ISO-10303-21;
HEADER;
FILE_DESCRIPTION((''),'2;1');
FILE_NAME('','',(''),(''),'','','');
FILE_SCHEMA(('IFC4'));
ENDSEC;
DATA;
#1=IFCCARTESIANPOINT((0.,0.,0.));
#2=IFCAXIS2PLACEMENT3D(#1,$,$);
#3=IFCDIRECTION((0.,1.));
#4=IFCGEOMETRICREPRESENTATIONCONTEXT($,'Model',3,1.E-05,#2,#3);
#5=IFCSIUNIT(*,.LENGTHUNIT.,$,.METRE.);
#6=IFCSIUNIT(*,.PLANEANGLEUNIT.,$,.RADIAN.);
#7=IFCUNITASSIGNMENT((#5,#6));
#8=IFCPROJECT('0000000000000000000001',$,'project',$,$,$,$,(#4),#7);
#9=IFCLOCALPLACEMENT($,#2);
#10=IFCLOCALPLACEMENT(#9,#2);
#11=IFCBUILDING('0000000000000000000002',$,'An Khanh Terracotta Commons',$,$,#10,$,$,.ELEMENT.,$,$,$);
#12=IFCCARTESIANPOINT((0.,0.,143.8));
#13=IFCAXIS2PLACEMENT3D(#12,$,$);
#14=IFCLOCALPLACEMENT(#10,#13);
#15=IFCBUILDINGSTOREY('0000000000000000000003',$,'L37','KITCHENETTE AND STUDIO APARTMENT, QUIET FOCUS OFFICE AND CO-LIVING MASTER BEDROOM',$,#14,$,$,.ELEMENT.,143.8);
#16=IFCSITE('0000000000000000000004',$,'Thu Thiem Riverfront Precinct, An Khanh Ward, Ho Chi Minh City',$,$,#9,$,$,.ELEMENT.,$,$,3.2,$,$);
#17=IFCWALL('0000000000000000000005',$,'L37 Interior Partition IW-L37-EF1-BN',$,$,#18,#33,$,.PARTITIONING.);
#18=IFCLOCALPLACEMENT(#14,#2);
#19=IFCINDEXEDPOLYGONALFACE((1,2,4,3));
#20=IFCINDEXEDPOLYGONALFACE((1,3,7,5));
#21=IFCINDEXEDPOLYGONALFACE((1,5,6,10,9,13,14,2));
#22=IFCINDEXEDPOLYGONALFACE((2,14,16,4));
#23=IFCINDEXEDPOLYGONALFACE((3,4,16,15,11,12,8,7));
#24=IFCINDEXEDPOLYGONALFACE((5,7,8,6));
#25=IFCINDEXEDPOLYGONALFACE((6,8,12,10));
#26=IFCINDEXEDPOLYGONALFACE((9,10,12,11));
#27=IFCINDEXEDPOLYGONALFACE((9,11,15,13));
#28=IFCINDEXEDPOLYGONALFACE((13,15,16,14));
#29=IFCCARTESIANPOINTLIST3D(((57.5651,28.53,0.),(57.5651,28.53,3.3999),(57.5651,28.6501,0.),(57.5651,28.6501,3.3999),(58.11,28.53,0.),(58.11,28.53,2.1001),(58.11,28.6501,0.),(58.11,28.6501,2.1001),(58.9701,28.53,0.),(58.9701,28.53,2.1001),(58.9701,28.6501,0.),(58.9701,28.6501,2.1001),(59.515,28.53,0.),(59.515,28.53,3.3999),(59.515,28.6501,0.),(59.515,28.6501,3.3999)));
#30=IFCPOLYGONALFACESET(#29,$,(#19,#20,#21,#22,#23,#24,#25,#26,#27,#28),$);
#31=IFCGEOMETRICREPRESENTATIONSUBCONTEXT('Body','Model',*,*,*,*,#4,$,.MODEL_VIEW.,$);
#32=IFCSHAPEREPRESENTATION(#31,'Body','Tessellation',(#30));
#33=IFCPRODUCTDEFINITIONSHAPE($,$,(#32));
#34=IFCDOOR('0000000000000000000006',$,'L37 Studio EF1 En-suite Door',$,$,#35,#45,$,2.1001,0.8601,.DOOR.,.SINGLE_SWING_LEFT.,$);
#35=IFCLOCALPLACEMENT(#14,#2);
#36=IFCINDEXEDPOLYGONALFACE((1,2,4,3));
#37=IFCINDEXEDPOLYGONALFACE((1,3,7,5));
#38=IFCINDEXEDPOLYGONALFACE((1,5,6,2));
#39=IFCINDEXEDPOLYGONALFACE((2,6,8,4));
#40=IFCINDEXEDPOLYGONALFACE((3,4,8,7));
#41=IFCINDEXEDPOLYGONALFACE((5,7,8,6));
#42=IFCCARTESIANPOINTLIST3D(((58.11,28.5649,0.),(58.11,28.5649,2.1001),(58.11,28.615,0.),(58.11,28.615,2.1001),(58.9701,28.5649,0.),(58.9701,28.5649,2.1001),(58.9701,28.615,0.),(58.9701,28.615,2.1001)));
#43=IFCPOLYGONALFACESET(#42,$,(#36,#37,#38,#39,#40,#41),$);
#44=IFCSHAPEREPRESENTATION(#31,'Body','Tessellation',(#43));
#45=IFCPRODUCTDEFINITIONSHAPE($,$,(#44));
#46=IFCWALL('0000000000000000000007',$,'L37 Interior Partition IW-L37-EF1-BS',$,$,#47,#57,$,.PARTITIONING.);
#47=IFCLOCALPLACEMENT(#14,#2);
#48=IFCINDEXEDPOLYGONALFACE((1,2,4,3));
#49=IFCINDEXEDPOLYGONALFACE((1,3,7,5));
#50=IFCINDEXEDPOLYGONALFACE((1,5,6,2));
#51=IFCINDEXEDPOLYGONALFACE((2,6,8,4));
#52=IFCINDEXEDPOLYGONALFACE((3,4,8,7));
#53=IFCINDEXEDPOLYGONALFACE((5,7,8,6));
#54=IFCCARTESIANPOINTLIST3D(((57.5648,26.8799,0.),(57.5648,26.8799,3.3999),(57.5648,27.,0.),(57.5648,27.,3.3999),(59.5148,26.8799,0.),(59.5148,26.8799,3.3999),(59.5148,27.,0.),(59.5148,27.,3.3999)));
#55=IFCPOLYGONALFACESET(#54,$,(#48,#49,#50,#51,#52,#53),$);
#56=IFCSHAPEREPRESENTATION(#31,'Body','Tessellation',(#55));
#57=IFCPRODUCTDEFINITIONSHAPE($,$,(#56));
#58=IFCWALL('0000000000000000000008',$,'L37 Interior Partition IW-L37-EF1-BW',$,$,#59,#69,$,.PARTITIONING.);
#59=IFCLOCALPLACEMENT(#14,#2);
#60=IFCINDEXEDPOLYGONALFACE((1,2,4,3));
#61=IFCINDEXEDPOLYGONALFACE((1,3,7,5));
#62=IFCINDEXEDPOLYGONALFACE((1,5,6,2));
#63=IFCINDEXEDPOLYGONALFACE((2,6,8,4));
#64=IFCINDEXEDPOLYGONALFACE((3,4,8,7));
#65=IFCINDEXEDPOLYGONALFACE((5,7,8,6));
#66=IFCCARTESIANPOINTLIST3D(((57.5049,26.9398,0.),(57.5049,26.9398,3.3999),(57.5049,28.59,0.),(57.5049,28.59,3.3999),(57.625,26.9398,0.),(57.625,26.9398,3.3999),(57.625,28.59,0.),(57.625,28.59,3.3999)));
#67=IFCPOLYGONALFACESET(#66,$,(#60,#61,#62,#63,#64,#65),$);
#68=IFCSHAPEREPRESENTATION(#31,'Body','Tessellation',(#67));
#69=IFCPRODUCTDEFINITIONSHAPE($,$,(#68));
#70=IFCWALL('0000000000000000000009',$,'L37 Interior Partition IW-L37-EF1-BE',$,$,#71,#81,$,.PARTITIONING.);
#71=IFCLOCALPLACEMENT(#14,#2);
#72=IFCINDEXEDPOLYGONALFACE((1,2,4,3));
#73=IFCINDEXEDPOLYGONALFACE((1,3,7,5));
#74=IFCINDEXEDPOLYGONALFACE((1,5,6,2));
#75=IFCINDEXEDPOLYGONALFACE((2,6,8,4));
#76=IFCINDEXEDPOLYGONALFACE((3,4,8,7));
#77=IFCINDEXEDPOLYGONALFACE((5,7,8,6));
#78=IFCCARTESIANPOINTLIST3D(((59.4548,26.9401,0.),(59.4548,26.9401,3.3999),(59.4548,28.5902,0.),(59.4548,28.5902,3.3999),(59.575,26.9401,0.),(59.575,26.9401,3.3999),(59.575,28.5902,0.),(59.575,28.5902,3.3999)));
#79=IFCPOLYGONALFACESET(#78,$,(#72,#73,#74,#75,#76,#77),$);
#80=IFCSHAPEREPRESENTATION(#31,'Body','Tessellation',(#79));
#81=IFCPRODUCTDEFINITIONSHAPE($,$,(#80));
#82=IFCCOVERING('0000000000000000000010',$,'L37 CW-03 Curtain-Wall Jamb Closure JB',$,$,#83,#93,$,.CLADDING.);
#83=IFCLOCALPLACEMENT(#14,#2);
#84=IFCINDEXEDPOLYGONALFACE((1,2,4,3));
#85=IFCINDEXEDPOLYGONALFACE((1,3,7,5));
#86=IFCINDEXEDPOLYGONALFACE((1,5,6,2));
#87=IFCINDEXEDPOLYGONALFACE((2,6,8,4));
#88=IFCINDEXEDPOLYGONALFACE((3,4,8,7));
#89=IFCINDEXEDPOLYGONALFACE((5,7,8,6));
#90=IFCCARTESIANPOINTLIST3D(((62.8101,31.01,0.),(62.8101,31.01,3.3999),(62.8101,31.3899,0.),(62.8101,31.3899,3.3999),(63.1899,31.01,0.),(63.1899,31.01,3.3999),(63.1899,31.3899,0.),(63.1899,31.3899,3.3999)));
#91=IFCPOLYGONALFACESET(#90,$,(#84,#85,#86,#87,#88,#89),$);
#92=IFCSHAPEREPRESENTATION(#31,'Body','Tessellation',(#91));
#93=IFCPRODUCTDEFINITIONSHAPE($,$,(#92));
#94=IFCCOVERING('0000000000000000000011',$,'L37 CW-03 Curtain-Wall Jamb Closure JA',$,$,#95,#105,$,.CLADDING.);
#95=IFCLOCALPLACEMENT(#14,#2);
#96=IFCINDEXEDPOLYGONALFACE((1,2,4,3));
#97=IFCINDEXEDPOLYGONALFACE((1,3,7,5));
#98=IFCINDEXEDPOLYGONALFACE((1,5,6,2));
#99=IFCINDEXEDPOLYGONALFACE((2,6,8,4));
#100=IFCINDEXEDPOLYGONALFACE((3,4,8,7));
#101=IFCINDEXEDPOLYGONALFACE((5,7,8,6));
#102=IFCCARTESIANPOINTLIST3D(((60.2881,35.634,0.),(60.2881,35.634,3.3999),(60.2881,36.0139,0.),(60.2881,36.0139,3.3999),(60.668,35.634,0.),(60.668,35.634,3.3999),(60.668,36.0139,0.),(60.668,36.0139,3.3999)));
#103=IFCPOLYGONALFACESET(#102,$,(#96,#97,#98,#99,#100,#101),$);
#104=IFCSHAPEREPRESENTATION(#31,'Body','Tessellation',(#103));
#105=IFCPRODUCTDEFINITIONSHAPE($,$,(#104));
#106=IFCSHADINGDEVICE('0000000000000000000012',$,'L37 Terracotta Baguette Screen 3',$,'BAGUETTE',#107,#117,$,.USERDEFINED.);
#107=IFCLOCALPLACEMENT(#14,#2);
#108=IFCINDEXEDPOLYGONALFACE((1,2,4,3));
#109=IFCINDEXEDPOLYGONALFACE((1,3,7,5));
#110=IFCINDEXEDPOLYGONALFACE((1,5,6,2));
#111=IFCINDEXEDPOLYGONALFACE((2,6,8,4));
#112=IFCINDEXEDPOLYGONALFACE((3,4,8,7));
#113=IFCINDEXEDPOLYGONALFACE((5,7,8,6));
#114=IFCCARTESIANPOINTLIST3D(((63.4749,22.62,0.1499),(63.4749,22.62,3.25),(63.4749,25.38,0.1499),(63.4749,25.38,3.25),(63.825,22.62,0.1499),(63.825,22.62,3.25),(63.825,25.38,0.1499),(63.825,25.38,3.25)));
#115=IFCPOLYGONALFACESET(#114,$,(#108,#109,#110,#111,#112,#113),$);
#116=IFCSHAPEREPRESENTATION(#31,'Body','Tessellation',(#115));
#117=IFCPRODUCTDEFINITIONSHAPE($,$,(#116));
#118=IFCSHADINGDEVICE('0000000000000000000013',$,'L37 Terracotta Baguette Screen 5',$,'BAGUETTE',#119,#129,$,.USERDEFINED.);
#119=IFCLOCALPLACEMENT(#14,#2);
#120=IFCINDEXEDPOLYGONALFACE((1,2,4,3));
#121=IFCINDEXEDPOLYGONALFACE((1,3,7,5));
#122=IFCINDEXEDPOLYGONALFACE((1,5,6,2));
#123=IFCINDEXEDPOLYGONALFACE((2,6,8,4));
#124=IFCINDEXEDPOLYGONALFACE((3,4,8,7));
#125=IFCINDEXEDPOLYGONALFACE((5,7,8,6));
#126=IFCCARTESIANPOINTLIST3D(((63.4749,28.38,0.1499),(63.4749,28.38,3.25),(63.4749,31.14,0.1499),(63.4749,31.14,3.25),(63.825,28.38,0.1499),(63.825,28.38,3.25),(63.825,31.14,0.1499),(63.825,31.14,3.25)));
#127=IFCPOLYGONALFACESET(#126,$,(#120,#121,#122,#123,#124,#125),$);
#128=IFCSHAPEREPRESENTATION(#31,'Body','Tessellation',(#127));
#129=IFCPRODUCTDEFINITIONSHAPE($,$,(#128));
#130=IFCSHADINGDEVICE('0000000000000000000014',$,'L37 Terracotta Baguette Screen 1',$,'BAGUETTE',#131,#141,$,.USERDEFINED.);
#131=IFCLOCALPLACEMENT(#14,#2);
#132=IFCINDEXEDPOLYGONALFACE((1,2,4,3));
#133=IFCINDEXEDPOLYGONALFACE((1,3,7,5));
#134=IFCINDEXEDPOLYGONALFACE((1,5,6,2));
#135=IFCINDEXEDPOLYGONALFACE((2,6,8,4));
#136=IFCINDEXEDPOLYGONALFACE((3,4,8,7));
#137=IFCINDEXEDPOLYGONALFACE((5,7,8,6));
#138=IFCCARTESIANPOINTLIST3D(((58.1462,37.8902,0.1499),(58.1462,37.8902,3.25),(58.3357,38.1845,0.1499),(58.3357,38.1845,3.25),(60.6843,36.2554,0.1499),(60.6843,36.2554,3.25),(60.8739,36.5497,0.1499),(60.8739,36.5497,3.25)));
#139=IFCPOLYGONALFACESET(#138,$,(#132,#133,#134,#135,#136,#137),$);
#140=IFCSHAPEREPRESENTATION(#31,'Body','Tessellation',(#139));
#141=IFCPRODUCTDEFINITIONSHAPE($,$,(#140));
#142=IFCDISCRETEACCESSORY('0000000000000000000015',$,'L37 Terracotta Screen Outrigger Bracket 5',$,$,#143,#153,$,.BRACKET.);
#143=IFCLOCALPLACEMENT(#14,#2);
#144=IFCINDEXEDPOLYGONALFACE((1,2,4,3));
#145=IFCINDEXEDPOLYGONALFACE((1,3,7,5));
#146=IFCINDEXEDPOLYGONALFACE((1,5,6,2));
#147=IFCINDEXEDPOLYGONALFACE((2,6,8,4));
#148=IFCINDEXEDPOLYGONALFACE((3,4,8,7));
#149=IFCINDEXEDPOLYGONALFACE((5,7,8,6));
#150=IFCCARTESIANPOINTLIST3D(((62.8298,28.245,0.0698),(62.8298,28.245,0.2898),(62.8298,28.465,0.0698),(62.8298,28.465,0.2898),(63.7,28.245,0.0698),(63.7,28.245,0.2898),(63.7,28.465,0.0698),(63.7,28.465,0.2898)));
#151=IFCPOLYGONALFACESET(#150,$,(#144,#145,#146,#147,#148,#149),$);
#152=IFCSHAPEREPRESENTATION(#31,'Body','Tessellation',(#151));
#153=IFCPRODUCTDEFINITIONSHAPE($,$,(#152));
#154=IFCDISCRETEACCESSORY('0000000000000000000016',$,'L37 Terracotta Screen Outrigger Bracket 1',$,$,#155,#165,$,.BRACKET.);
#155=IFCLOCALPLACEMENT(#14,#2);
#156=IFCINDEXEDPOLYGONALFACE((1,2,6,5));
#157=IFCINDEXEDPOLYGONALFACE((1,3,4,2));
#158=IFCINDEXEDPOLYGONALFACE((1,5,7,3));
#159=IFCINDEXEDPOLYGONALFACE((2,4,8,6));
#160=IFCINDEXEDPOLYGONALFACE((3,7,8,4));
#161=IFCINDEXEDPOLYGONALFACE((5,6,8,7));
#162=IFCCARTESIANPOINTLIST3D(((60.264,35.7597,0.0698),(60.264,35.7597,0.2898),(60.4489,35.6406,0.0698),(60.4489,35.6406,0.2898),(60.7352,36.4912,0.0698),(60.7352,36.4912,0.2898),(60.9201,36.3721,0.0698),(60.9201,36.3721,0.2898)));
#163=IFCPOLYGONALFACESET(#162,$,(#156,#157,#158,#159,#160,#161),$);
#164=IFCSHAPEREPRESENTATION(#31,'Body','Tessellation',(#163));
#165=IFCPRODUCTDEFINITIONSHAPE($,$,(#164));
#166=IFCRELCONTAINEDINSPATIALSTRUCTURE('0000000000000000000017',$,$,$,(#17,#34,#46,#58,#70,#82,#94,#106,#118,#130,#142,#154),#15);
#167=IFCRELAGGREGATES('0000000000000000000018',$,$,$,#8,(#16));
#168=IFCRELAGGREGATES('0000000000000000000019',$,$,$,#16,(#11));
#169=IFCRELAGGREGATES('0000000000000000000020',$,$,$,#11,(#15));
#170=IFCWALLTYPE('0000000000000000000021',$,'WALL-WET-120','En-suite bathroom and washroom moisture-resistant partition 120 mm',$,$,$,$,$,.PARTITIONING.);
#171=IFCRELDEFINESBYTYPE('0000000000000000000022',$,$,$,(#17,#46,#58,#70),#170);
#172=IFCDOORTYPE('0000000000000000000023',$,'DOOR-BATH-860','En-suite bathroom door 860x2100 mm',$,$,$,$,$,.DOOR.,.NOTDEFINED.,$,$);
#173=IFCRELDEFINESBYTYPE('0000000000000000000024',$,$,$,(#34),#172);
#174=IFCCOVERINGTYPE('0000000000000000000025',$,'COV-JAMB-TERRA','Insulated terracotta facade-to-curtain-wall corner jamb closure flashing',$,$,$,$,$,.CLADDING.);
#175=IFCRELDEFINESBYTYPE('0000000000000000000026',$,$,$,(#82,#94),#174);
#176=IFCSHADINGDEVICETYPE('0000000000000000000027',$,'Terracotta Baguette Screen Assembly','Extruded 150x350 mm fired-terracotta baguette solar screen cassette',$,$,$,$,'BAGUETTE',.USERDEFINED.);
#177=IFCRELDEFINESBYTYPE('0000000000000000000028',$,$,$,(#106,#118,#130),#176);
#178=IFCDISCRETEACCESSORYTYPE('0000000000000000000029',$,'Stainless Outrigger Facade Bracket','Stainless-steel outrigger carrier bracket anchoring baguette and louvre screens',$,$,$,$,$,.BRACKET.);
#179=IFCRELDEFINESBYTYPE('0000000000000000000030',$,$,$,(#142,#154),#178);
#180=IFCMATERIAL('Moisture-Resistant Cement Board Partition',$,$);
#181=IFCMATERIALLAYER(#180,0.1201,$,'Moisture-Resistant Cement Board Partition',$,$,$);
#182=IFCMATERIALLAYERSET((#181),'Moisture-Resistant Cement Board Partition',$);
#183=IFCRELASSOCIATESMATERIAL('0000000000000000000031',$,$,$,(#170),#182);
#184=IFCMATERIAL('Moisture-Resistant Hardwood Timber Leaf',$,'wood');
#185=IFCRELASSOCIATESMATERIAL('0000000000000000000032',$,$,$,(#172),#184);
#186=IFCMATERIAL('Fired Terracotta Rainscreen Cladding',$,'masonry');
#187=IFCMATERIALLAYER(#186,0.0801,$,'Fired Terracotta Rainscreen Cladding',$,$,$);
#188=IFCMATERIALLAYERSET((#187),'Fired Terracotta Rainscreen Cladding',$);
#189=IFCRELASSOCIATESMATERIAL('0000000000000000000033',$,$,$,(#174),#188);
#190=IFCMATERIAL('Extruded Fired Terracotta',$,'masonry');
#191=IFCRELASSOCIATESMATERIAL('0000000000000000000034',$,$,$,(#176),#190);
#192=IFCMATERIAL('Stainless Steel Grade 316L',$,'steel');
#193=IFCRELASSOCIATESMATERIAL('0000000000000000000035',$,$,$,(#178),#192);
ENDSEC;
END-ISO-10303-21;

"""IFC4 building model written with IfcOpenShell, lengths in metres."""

from ifc_helpers import new_model, si_unit, direction, frame, frame_2d, origin, origin_2d, place, context, subcontext, project, spatial, rectangle, extrude, material, layer, layer_set, type_object, element, fill, save


model = new_model("IFC4")

# Units and contexts
model_context = context("Model", 3, precision=1e-05, world=origin(), true_north=direction((0.0, 1.0)))
body_context = subcontext(model_context, "Body", "Model", "MODEL_VIEW")
ifc_project = project(units=[si_unit("LENGTHUNIT", "METRE"), si_unit("PLANEANGLEUNIT", "RADIAN")], contexts=[model_context])

# Site, building, storey
site_placement = place(None, origin())
site = spatial("IfcSite", under=ifc_project, at=site_placement, Name="Thu Thiem Riverfront Precinct, An Khanh Ward, Ho Chi Minh City", CompositionType="ELEMENT", RefElevation=3.2)
building_placement = place(site_placement, origin())
building = spatial("IfcBuilding", under=site, at=building_placement, Name="An Khanh Terracotta Commons", CompositionType="ELEMENT")
storey_placement = place(building_placement, frame((0.0, 0.0, 143.8)))
storey = spatial("IfcBuildingStorey", under=building, at=storey_placement, Name="L37", Description="KITCHENETTE AND STUDIO APARTMENT, QUIET FOCUS OFFICE AND CO-LIVING MASTER BEDROOM", CompositionType="ELEMENT", Elevation=143.8)

# Wall, opening, door
ifc_material_1 = material(Name="Moisture-Resistant Cement Board Partition")
ifc_layer_1 = layer(ifc_material_1, 0.1201, Name="Moisture-Resistant Cement Board Partition")
ifc_layer_set_1 = layer_set([ifc_layer_1], Name="Moisture-Resistant Cement Board Partition")
wall_type_1 = type_object("IfcWallType", Name="WALL-WET-120", Description="En-suite bathroom and washroom moisture-resistant partition 120 mm", PredefinedType="PARTITIONING", material=ifc_layer_set_1)
wall_1_placement = place(storey_placement, frame((57.5649, 28.5901, 0.0), z_axis=(0.0, 0.0, 1.0), x_axis=(1.0, 0.0, 0.0)))
wall_1 = element("IfcWall", 1, at=wall_1_placement, inside=storey, type_object=wall_type_1, Name="L37 Interior Partition IW-L37-EF1-BN", PredefinedType="PARTITIONING", context=body_context, shape_type="SweptSolid", body=[
    extrude(rectangle(XDim=1.95, YDim=0.1201, at=frame_2d((0.9751, 0.0))), origin(), (0.0, 0.0, 1.0), 3.3999),
])
opening_placement = place(wall_1_placement, frame((0.5449, 0.0, 0.0)))
opening = element("IfcOpeningElement", 2, at=opening_placement, cuts=wall_1, PredefinedType="OPENING", context=body_context, shape_type="SweptSolid", body=[
    extrude(rectangle(XDim=0.8601, YDim=2.1001, at=frame_2d((0.4302, 1.05))), frame((0.0, 0.0701, 0.0), z_axis=(0.0, -1.0, 0.0), x_axis=(1.0, 0.0, 0.0)), (0.0, 0.0, 1.0), 0.1401),
])
ifc_material_2 = material(Name="Moisture-Resistant Hardwood Timber Leaf", Category="wood")
door_type = type_object("IfcDoorType", Name="DOOR-BATH-860", Description="En-suite bathroom door 860x2100 mm", OperationType="NOTDEFINED", PredefinedType="DOOR", material=ifc_material_2)
door_placement = place(opening_placement, origin())
door = element("IfcDoor", 3, at=door_placement, inside=storey, type_object=door_type, Name="L37 Studio EF1 En-suite Door", OperationType="SINGLE_SWING_LEFT", OverallHeight=2.1001, OverallWidth=0.8601, PredefinedType="DOOR", context=body_context, shape_type="SweptSolid", body=[
    extrude(rectangle(XDim=0.8601, YDim=2.1001, at=frame_2d((0.4302, 1.05))), frame((0.0, 0.0249, 0.0), z_axis=(0.0, -1.0, 0.0), x_axis=(1.0, 0.0, 0.0)), (0.0, 0.0, 1.0), 0.05),
])
fill(opening, door)

# Walls
wall_2_placement = place(storey_placement, frame((59.5149, 26.9399, 0.0), z_axis=(0.0, 0.0, 1.0), x_axis=(-1.0, 0.0, 0.0)))
element("IfcWall", 4, at=wall_2_placement, inside=storey, type_object=wall_type_1, Name="L37 Interior Partition IW-L37-EF1-BS", PredefinedType="PARTITIONING", context=body_context, shape_type="SweptSolid", body=[
    extrude(rectangle(XDim=1.95, YDim=0.1201, at=frame_2d((0.9751, 0.0))), origin(), (0.0, 0.0, 1.0), 3.3999),
])
for number, where, z_axis, x_axis, name in (
    (5, (57.5649, 28.5901, 0.0), (0.0, 0.0, 1.0), (0.0, -1.0, 0.0), "L37 Interior Partition IW-L37-EF1-BW"),
    (6, (59.5149, 26.9399, 0.0), (0.0, 0.0, 1.0), (0.0, 1.0, 0.0), "L37 Interior Partition IW-L37-EF1-BE"),
):
    element("IfcWall", number, at=place(storey_placement, frame(where, z_axis=z_axis, x_axis=x_axis)), inside=storey, type_object=wall_type_1, Name=name, PredefinedType="PARTITIONING", context=body_context, shape_type="SweptSolid", body=[
        extrude(rectangle(XDim=1.6501, YDim=0.1201, at=frame_2d((0.8252, 0.0))), origin(), (0.0, 0.0, 1.0), 3.3999),
    ])

# Coverings
ifc_material_3 = material(Name="Fired Terracotta Rainscreen Cladding", Category="masonry")
ifc_layer_2 = layer(ifc_material_3, 0.0801, Name="Fired Terracotta Rainscreen Cladding")
ifc_layer_set_2 = layer_set([ifc_layer_2], Name="Fired Terracotta Rainscreen Cladding")
covering_type = type_object("IfcCoveringType", Name="COV-JAMB-TERRA", Description="Insulated terracotta facade-to-curtain-wall corner jamb closure flashing", PredefinedType="CLADDING", material=ifc_layer_set_2)
for number, where, z_axis, x_axis, name in (
    (7, (63.0, 31.2, 0.0), (0.0, 0.0, 1.0), (1.0, 0.0, 0.0), "L37 CW-03 Curtain-Wall Jamb Closure JB"),
    (8, (60.478, 35.824, 0.0), (0.0, 0.0, 1.0), (1.0, 0.0, 0.0), "L37 CW-03 Curtain-Wall Jamb Closure JA"),
):
    element("IfcCovering", number, at=place(storey_placement, frame(where, z_axis=z_axis, x_axis=x_axis)), inside=storey, type_object=covering_type, Name=name, PredefinedType="CLADDING", context=body_context, shape_type="SweptSolid", body=[
        extrude(rectangle(XDim=0.3799, YDim=0.3799, at=origin_2d()), origin(), (0.0, 0.0, 1.0), 3.3999),
    ])

# Shading devices
ifc_material_4 = material(Name="Extruded Fired Terracotta", Category="masonry")
shading_device_type = type_object("IfcShadingDeviceType", Name="Terracotta Baguette Screen Assembly", Description="Extruded 150x350 mm fired-terracotta baguette solar screen cassette", ElementType="BAGUETTE", PredefinedType="USERDEFINED", material=ifc_material_4)
for number, where, z_axis, x_axis, name in (
    (9, (63.6499, 24.0, 0.1499), (0.0, 0.0, 1.0), (0.0, 1.0, 0.0), "L37 Terracotta Baguette Screen 3"),
    (10, (63.6499, 29.76, 0.1499), (0.0, 0.0, 1.0), (0.0, 1.0, 0.0), "L37 Terracotta Baguette Screen 5"),
):
    element("IfcShadingDevice", number, at=place(storey_placement, frame(where, z_axis=z_axis, x_axis=x_axis)), inside=storey, type_object=shading_device_type, Name=name, ObjectType="BAGUETTE", PredefinedType="USERDEFINED", context=body_context, shape_type="SweptSolid", body=[
        extrude(rectangle(XDim=2.76, YDim=0.3501, at=origin_2d()), origin(), (0.0, 0.0, 1.0), 3.1001),
    ])
shading_device_placement = place(storey_placement, frame((59.51, 37.22, 0.1499), z_axis=(0.0, 0.0, 1.0), x_axis=(-0.840702, 0.541498, 0.0)))
element("IfcShadingDevice", 11, at=shading_device_placement, inside=storey, type_object=shading_device_type, Name="L37 Terracotta Baguette Screen 1", ObjectType="BAGUETTE", PredefinedType="USERDEFINED", context=body_context, shape_type="SweptSolid", body=[
    extrude(rectangle(XDim=3.019, YDim=0.3501, at=origin_2d()), origin(), (0.0, 0.0, 1.0), 3.1001),
])

# Discrete accessories
ifc_material_5 = material(Name="Stainless Steel Grade 316L", Category="steel")
discrete_accessory_type = type_object("IfcDiscreteAccessoryType", Name="Stainless Outrigger Facade Bracket", Description="Stainless-steel outrigger carrier bracket anchoring baguette and louvre screens", PredefinedType="BRACKET", material=ifc_material_5)
for number, where, z_axis, x_axis, name in (
    (12, (63.2649, 28.355, 0.0698), (0.0, 0.0, 1.0), (0.0, 1.0, 0.0), "L37 Terracotta Screen Outrigger Bracket 5"),
    (13, (60.592, 36.0659, 0.0698), (0.0, 0.0, 1.0), (-0.840702, 0.541498, 0.0), "L37 Terracotta Screen Outrigger Bracket 1"),
):
    element("IfcDiscreteAccessory", number, at=place(storey_placement, frame(where, z_axis=z_axis, x_axis=x_axis)), inside=storey, type_object=discrete_accessory_type, Name=name, PredefinedType="BRACKET", context=body_context, shape_type="SweptSolid", body=[
        extrude(rectangle(XDim=0.22, YDim=0.8701, at=origin_2d()), origin(), (0.0, 0.0, 1.0), 0.22),
    ])

save(model, "model.ifc")
